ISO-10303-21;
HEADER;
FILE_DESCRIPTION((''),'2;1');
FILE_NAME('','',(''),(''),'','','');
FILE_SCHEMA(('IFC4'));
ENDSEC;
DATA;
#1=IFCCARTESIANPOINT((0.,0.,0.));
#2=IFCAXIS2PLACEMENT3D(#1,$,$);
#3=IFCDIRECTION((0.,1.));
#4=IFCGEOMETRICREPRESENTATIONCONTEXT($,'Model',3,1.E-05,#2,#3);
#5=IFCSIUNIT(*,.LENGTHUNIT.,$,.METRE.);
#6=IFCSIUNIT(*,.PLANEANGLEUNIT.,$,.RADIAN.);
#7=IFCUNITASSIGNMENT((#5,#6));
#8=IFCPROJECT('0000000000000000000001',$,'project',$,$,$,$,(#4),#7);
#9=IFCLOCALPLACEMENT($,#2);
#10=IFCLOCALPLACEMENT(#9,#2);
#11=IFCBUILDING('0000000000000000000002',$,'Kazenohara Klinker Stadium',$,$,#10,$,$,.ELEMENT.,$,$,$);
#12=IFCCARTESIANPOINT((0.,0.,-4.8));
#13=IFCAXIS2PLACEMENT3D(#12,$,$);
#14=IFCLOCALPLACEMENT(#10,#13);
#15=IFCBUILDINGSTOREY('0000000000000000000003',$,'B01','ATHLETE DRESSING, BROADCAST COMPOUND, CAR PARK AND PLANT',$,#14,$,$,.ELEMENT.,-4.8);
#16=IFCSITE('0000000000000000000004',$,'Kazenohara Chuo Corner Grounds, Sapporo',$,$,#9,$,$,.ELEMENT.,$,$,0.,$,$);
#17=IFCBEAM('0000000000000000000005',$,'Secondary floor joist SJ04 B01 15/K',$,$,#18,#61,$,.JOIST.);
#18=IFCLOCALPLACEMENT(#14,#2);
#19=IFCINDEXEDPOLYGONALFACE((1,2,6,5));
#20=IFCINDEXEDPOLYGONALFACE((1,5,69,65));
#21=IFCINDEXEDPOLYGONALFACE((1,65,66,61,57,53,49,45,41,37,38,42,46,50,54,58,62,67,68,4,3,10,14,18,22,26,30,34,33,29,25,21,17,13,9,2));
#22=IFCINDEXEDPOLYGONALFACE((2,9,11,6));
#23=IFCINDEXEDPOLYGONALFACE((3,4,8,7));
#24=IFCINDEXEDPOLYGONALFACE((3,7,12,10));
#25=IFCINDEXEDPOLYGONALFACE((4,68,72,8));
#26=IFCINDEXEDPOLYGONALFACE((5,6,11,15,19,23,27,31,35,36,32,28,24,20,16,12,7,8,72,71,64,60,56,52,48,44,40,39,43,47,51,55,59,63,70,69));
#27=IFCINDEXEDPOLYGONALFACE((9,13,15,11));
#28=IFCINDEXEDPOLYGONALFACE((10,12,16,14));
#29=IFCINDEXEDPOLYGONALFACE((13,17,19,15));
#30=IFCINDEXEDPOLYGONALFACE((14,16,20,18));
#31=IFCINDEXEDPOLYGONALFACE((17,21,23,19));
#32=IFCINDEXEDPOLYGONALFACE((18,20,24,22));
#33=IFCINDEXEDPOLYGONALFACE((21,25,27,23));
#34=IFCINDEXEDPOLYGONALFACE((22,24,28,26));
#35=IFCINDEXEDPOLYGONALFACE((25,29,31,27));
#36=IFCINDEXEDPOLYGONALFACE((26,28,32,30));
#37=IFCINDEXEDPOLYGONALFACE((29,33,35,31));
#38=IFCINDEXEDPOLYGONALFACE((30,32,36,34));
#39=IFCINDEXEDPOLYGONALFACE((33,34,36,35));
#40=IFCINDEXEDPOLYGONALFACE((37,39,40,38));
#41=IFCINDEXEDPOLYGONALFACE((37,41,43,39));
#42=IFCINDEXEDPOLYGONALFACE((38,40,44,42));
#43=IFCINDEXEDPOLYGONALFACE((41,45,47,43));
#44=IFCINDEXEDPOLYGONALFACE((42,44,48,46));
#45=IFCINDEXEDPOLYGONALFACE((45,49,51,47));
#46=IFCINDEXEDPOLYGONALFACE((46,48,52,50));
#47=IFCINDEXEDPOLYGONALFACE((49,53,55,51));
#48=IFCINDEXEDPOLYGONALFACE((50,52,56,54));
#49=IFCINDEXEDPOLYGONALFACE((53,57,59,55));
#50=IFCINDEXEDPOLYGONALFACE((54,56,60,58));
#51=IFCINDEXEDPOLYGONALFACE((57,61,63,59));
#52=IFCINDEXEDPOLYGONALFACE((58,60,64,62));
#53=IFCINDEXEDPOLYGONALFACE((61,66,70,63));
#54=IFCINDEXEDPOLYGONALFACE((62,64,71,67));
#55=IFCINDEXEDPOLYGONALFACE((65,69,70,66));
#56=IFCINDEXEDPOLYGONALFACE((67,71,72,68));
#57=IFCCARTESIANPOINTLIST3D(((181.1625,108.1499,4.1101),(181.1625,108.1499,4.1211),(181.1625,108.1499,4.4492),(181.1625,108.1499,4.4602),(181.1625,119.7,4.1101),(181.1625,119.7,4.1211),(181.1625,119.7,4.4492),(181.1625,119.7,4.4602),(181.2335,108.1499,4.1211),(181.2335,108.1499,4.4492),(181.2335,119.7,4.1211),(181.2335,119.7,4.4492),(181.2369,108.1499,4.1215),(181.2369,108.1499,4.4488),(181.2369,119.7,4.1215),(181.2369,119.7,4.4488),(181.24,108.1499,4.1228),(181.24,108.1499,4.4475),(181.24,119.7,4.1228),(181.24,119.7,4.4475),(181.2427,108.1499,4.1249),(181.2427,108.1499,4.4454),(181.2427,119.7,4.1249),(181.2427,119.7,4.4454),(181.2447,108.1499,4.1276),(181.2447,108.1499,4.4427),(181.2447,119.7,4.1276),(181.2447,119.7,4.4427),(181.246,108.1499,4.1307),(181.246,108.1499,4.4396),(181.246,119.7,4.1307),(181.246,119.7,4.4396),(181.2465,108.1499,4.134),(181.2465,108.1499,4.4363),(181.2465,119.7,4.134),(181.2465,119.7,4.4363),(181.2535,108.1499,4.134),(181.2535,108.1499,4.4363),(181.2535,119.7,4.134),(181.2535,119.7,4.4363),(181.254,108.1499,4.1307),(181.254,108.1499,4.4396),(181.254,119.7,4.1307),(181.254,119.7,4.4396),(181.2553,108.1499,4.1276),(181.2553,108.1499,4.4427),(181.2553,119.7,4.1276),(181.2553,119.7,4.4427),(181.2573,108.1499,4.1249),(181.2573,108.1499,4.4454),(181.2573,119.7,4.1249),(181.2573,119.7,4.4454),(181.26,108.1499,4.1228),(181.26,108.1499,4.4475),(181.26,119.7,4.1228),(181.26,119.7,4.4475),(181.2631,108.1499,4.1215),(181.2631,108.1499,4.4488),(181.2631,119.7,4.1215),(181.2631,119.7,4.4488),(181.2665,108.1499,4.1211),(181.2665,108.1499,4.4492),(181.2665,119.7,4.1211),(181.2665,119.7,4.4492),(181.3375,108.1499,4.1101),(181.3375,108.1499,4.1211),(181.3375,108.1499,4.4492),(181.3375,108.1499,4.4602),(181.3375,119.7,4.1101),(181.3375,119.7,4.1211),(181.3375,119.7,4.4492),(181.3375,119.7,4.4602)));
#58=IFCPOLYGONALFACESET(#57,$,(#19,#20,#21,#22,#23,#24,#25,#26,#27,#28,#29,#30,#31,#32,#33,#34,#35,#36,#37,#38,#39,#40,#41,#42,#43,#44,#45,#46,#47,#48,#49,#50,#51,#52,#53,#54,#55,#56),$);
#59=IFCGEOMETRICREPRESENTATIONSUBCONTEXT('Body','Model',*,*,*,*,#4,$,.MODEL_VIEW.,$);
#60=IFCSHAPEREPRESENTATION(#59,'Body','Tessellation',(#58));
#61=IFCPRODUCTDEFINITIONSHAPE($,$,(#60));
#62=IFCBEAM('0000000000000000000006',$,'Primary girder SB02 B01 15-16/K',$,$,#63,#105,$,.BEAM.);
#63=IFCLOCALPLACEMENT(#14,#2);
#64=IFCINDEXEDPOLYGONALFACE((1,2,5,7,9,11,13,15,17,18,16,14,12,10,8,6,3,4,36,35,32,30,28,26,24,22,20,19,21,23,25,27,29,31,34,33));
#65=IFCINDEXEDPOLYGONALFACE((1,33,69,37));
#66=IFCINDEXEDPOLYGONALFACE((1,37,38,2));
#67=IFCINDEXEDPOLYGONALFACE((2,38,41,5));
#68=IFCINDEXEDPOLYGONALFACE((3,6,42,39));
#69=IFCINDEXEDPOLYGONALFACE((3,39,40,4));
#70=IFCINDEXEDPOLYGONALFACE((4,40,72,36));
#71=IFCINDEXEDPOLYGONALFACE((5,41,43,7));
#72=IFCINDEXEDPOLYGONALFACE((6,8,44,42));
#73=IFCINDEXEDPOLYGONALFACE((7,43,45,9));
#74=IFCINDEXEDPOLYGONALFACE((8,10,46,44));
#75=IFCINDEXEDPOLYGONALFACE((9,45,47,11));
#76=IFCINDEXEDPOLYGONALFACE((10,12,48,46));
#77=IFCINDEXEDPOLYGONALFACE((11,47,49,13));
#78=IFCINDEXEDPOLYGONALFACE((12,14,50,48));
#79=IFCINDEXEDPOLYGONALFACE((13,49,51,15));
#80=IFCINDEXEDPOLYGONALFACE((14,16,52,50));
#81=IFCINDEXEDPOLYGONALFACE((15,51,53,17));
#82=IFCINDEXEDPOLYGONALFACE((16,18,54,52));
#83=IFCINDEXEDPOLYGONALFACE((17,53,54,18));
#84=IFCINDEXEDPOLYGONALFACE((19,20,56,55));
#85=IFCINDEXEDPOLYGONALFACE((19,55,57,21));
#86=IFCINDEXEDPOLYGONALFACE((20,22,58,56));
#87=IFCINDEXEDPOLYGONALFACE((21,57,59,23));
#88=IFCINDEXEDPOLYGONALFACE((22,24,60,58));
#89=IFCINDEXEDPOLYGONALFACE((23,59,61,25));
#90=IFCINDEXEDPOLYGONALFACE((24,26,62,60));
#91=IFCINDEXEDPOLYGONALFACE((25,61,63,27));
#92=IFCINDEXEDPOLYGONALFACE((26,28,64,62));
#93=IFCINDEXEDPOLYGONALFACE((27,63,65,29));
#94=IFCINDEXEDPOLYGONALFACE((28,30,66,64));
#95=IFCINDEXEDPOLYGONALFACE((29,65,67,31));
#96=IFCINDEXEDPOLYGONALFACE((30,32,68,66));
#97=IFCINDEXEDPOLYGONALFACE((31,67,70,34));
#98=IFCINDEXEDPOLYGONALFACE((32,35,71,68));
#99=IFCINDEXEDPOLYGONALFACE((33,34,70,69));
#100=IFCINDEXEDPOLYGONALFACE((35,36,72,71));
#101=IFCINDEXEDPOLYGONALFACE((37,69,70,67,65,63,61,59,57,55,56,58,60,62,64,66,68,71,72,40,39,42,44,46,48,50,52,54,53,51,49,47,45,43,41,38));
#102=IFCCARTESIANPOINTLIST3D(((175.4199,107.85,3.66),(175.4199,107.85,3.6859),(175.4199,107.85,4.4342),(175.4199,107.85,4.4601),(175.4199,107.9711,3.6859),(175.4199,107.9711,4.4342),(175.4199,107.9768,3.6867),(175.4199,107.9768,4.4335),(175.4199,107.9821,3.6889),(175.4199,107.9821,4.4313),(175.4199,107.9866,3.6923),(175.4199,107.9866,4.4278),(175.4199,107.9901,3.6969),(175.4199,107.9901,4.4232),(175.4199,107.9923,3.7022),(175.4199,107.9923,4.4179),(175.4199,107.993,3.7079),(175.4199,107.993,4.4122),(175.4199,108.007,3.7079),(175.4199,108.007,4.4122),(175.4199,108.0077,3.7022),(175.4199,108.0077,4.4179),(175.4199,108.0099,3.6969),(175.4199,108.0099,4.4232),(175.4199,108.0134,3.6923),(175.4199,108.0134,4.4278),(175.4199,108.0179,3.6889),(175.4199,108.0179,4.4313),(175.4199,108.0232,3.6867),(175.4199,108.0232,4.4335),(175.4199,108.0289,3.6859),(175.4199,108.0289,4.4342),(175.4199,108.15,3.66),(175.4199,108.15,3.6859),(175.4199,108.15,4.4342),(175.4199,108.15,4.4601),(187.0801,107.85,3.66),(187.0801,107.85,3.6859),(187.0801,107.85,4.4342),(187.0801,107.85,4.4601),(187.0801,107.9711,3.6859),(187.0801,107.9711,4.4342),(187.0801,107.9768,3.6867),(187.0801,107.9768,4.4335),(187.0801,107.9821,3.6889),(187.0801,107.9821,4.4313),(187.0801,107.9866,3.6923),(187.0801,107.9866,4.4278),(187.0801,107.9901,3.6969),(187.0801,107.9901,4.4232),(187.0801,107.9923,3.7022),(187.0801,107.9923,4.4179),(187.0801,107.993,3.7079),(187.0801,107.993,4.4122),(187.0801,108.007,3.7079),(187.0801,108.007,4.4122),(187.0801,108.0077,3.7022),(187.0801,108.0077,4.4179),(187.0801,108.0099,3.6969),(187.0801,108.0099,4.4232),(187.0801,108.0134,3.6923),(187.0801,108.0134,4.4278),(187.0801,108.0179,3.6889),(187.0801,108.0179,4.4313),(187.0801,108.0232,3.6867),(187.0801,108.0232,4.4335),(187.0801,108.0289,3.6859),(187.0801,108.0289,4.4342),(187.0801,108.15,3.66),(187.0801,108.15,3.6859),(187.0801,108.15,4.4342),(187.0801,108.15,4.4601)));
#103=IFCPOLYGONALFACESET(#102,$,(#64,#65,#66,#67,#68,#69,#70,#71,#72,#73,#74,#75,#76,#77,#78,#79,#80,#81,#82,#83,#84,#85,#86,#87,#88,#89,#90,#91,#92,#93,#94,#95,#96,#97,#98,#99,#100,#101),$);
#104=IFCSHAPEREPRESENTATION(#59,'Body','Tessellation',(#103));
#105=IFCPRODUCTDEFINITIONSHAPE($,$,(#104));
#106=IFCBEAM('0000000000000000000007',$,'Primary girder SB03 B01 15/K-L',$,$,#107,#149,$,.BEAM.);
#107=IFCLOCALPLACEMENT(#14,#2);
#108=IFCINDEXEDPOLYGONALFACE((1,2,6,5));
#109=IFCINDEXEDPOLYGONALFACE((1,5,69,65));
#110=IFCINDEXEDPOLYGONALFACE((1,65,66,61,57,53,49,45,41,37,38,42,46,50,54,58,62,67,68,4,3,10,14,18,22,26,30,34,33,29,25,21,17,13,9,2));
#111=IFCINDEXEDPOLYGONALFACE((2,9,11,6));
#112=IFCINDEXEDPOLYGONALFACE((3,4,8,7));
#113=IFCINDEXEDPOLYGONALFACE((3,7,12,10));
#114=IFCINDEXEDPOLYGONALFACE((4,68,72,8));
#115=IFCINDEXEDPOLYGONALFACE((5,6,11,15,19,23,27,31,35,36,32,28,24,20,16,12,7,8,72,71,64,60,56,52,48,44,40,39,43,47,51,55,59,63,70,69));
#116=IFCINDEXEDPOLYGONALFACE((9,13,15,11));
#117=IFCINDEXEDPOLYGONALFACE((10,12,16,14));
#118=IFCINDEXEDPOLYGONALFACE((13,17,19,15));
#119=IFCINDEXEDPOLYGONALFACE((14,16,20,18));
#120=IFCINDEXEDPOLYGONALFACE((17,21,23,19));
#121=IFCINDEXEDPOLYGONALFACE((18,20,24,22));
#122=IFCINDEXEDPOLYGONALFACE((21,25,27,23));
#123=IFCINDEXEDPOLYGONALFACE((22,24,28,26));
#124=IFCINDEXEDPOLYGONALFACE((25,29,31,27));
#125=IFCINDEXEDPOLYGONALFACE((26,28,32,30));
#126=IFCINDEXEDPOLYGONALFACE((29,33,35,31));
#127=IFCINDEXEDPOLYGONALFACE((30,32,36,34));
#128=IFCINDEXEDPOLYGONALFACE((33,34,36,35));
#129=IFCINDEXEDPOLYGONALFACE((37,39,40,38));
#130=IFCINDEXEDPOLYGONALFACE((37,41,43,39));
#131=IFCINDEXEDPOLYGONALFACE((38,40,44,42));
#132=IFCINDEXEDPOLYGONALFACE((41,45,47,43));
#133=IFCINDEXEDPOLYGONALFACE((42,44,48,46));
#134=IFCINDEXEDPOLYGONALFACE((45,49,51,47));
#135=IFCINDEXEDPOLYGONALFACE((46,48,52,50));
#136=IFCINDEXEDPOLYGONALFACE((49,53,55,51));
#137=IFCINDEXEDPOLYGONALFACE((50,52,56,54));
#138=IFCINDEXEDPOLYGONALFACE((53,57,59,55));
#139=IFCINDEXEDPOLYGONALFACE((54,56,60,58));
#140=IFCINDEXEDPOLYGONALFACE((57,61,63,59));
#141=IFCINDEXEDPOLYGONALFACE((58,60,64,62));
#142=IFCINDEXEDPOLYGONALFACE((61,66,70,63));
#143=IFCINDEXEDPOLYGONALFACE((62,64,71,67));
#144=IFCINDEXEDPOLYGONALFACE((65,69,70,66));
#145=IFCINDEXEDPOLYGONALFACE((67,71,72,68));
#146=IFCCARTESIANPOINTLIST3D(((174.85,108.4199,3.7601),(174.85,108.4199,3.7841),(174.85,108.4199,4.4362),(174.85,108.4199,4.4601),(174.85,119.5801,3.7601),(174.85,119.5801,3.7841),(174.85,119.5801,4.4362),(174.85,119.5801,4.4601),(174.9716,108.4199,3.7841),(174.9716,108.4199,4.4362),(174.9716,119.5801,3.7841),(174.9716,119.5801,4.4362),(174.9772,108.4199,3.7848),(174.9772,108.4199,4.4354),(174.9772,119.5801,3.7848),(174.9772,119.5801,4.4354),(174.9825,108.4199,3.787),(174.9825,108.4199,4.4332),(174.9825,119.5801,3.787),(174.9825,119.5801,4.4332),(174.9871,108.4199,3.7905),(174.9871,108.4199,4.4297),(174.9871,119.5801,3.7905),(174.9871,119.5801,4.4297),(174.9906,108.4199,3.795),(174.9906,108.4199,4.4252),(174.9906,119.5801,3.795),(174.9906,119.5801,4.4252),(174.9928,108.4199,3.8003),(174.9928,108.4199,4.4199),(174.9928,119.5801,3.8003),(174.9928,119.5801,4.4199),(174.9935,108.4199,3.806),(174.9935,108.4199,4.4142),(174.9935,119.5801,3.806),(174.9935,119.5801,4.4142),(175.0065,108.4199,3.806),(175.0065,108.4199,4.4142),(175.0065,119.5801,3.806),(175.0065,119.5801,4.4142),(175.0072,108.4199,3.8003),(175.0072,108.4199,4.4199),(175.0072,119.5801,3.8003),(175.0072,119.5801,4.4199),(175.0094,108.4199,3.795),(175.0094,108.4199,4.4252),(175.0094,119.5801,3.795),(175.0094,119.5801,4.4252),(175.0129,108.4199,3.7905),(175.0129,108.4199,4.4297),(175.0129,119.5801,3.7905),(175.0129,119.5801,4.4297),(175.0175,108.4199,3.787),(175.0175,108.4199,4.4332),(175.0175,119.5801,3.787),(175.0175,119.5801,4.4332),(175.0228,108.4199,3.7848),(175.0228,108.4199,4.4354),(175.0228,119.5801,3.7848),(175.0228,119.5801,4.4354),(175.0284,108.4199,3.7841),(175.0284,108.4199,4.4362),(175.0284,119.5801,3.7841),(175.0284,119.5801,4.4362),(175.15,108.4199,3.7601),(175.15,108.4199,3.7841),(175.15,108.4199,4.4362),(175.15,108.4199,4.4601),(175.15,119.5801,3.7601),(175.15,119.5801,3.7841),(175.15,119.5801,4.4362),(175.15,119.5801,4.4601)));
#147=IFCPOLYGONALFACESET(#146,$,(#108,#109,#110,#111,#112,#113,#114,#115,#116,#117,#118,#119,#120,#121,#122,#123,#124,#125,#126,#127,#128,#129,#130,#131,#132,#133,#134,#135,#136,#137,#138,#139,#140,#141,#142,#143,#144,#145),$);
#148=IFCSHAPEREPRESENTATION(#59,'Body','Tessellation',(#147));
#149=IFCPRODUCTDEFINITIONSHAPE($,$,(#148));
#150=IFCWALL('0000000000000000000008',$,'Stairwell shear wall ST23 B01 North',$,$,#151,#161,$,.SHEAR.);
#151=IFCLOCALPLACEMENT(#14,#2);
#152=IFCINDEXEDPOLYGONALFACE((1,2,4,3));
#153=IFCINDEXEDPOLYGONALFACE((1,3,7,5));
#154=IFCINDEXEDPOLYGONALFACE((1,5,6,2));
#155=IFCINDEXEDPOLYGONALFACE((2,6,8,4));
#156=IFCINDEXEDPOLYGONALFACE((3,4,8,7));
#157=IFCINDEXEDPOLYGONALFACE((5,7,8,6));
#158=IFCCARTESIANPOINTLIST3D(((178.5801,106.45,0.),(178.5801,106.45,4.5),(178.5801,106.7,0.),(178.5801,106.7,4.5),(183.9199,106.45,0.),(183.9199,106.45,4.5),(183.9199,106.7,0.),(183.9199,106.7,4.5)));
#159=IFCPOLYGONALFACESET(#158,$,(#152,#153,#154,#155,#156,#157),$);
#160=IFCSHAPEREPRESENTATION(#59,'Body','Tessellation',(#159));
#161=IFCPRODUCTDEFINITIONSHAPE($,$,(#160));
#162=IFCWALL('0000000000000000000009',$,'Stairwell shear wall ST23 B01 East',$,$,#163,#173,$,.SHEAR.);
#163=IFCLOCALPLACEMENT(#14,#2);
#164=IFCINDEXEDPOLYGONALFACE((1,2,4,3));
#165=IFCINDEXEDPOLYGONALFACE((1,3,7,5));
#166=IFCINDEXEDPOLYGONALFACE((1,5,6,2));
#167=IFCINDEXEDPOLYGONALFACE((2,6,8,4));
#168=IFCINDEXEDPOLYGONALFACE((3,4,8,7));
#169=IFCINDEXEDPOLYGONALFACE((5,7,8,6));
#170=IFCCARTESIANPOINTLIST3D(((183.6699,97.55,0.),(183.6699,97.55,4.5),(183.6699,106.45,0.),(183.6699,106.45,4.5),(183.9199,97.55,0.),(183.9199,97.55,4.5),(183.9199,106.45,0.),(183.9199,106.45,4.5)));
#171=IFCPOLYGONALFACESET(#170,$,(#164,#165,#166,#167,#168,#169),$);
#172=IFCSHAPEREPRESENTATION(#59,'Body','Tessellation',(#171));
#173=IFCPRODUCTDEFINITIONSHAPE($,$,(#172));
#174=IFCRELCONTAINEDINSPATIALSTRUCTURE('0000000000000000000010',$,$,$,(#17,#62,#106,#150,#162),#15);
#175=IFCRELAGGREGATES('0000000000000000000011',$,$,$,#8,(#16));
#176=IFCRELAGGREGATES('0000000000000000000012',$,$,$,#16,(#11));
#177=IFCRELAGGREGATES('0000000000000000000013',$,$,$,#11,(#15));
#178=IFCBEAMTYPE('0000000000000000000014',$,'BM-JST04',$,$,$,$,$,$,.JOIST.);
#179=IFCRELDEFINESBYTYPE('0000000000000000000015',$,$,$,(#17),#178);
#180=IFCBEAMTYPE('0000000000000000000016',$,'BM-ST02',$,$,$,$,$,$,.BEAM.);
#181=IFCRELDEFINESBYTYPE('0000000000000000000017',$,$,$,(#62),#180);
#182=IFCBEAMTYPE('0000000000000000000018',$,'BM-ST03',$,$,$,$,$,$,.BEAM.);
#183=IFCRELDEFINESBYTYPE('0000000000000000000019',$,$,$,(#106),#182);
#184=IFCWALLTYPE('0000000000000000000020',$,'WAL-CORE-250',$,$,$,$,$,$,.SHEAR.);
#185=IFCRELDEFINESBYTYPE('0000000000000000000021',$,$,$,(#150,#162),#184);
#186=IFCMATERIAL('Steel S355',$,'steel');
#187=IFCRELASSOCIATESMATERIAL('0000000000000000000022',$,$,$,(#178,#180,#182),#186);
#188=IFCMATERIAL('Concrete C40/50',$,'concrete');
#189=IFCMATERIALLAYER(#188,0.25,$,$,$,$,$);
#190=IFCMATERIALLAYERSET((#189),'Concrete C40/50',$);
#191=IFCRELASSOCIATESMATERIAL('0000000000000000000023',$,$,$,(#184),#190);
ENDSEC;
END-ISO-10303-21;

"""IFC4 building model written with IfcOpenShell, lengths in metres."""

from ifc_helpers import new_model, si_unit, direction, frame, frame_2d, origin, origin_2d, place, context, subcontext, project, spatial, rectangle, i_section, extrude, material, layer, layer_set, material_profile, profile_set, type_object, element, save


model = new_model("IFC4")

# Units and contexts
model_context = context("Model", 3, precision=1e-05, world=origin(), true_north=direction((0.0, 1.0)))
body_context = subcontext(model_context, "Body", "Model", "MODEL_VIEW")
ifc_project = project(units=[si_unit("LENGTHUNIT", "METRE"), si_unit("PLANEANGLEUNIT", "RADIAN")], contexts=[model_context])

# Site, building, storey
site_placement = place(None, origin())
site = spatial("IfcSite", under=ifc_project, at=site_placement, Name="Kazenohara Chuo Corner Grounds, Sapporo", CompositionType="ELEMENT", RefElevation=0.0)
building_placement = place(site_placement, origin())
building = spatial("IfcBuilding", under=site, at=building_placement, Name="Kazenohara Klinker Stadium", CompositionType="ELEMENT")
storey_placement = place(building_placement, frame((0.0, 0.0, -4.8)))
storey = spatial("IfcBuildingStorey", under=building, at=storey_placement, Name="B01", Description="ATHLETE DRESSING, BROADCAST COMPOUND, CAR PARK AND PLANT", CompositionType="ELEMENT", Elevation=-4.8)

# Shared definitions
ifc_material_1 = material(Name="Concrete C40/50", Category="concrete")

# Beams
ifc_material_2 = material(Name="Steel S355", Category="steel")
ifc_material_profile_1 = material_profile(ifc_material_2, i_section(OverallWidth=0.175, OverallDepth=0.3501, WebThickness=0.0071, FlangeThickness=0.011, FilletRadius=0.0129, at=origin_2d()), Name="H-350x175x7x11")
ifc_profile_set_1 = profile_set([ifc_material_profile_1], Name="Steel S355")
beam_type_1 = type_object("IfcBeamType", Name="BM-JST04", PredefinedType="JOIST", material=ifc_profile_set_1)
beam_1_placement = place(storey_placement, frame((181.25, 108.1499, 4.2852), z_axis=(0.0, 1.0, 0.0), x_axis=(-1.0, 0.0, 0.0)))
element("IfcBeam", 1, at=beam_1_placement, inside=storey, type_object=beam_type_1, Name="Secondary floor joist SJ04 B01 15/K", PredefinedType="JOIST", context=body_context, shape_type="SweptSolid", body=[
    extrude(i_section(OverallWidth=0.175, OverallDepth=0.3501, WebThickness=0.0071, FlangeThickness=0.011, FilletRadius=0.0129, at=origin_2d()), origin(), (0.0, 0.0, 1.0), 11.55),
])
ifc_material_profile_2 = material_profile(ifc_material_2, i_section(OverallWidth=0.3, OverallDepth=0.8, WebThickness=0.0139, FlangeThickness=0.0259, FilletRadius=0.022, at=origin_2d()), Name="H-800x300x14x26")
ifc_profile_set_2 = profile_set([ifc_material_profile_2], Name="Steel S355")
beam_type_2 = type_object("IfcBeamType", Name="BM-ST02", PredefinedType="BEAM", material=ifc_profile_set_2)
beam_2_placement = place(storey_placement, frame((175.4199, 108.0, 4.0601), z_axis=(1.0, 0.0, 0.0), x_axis=(0.0, 1.0, 0.0)))
element("IfcBeam", 2, at=beam_2_placement, inside=storey, type_object=beam_type_2, Name="Primary girder SB02 B01 15-16/K", PredefinedType="BEAM", context=body_context, shape_type="SweptSolid", body=[
    extrude(i_section(OverallWidth=0.3, OverallDepth=0.8, WebThickness=0.0139, FlangeThickness=0.0259, FilletRadius=0.022, at=origin_2d()), origin(), (0.0, 0.0, 1.0), 11.6602),
])
ifc_material_profile_3 = material_profile(ifc_material_2, i_section(OverallWidth=0.3, OverallDepth=0.7, WebThickness=0.0129, FlangeThickness=0.0239, FilletRadius=0.022, at=origin_2d()), Name="H-700x300x13x24")
ifc_profile_set_3 = profile_set([ifc_material_profile_3], Name="Steel S355")
beam_type_3 = type_object("IfcBeamType", Name="BM-ST03", PredefinedType="BEAM", material=ifc_profile_set_3)
beam_3_placement = place(storey_placement, frame((175.0, 108.4199, 4.1101), z_axis=(0.0, 1.0, 0.0), x_axis=(-1.0, 0.0, 0.0)))
element("IfcBeam", 3, at=beam_3_placement, inside=storey, type_object=beam_type_3, Name="Primary girder SB03 B01 15/K-L", PredefinedType="BEAM", context=body_context, shape_type="SweptSolid", body=[
    extrude(i_section(OverallWidth=0.3, OverallDepth=0.7, WebThickness=0.0129, FlangeThickness=0.0239, FilletRadius=0.022, at=origin_2d()), origin(), (0.0, 0.0, 1.0), 11.1602),
])

# Walls
ifc_layer_1 = layer(ifc_material_1, 0.25)
ifc_layer_set_1 = layer_set([ifc_layer_1], Name="Concrete C40/50")
wall_type_1 = type_object("IfcWallType", Name="WAL-CORE-250", PredefinedType="SHEAR", material=ifc_layer_set_1)
wall_1_placement = place(storey_placement, frame((178.5801, 106.575, 0.0), z_axis=(0.0, 0.0, 1.0), x_axis=(1.0, 0.0, 0.0)))
element("IfcWall", 4, at=wall_1_placement, inside=storey, type_object=wall_type_1, Name="Stairwell shear wall ST23 B01 North", PredefinedType="SHEAR", context=body_context, shape_type="SweptSolid", body=[
    extrude(rectangle(XDim=5.3398, YDim=0.25, at=frame_2d((2.6699, 0.0))), origin(), (0.0, 0.0, 1.0), 4.5),
])
wall_2_placement = place(storey_placement, frame((183.7949, 97.55, 0.0), z_axis=(0.0, 0.0, 1.0), x_axis=(0.0, 1.0, 0.0)))
element("IfcWall", 5, at=wall_2_placement, inside=storey, type_object=wall_type_1, Name="Stairwell shear wall ST23 B01 East", PredefinedType="SHEAR", context=body_context, shape_type="SweptSolid", body=[
    extrude(rectangle(XDim=8.8999, YDim=0.25, at=frame_2d((4.45, 0.0))), origin(), (0.0, 0.0, 1.0), 4.5),
])

save(model, "model.ifc")
